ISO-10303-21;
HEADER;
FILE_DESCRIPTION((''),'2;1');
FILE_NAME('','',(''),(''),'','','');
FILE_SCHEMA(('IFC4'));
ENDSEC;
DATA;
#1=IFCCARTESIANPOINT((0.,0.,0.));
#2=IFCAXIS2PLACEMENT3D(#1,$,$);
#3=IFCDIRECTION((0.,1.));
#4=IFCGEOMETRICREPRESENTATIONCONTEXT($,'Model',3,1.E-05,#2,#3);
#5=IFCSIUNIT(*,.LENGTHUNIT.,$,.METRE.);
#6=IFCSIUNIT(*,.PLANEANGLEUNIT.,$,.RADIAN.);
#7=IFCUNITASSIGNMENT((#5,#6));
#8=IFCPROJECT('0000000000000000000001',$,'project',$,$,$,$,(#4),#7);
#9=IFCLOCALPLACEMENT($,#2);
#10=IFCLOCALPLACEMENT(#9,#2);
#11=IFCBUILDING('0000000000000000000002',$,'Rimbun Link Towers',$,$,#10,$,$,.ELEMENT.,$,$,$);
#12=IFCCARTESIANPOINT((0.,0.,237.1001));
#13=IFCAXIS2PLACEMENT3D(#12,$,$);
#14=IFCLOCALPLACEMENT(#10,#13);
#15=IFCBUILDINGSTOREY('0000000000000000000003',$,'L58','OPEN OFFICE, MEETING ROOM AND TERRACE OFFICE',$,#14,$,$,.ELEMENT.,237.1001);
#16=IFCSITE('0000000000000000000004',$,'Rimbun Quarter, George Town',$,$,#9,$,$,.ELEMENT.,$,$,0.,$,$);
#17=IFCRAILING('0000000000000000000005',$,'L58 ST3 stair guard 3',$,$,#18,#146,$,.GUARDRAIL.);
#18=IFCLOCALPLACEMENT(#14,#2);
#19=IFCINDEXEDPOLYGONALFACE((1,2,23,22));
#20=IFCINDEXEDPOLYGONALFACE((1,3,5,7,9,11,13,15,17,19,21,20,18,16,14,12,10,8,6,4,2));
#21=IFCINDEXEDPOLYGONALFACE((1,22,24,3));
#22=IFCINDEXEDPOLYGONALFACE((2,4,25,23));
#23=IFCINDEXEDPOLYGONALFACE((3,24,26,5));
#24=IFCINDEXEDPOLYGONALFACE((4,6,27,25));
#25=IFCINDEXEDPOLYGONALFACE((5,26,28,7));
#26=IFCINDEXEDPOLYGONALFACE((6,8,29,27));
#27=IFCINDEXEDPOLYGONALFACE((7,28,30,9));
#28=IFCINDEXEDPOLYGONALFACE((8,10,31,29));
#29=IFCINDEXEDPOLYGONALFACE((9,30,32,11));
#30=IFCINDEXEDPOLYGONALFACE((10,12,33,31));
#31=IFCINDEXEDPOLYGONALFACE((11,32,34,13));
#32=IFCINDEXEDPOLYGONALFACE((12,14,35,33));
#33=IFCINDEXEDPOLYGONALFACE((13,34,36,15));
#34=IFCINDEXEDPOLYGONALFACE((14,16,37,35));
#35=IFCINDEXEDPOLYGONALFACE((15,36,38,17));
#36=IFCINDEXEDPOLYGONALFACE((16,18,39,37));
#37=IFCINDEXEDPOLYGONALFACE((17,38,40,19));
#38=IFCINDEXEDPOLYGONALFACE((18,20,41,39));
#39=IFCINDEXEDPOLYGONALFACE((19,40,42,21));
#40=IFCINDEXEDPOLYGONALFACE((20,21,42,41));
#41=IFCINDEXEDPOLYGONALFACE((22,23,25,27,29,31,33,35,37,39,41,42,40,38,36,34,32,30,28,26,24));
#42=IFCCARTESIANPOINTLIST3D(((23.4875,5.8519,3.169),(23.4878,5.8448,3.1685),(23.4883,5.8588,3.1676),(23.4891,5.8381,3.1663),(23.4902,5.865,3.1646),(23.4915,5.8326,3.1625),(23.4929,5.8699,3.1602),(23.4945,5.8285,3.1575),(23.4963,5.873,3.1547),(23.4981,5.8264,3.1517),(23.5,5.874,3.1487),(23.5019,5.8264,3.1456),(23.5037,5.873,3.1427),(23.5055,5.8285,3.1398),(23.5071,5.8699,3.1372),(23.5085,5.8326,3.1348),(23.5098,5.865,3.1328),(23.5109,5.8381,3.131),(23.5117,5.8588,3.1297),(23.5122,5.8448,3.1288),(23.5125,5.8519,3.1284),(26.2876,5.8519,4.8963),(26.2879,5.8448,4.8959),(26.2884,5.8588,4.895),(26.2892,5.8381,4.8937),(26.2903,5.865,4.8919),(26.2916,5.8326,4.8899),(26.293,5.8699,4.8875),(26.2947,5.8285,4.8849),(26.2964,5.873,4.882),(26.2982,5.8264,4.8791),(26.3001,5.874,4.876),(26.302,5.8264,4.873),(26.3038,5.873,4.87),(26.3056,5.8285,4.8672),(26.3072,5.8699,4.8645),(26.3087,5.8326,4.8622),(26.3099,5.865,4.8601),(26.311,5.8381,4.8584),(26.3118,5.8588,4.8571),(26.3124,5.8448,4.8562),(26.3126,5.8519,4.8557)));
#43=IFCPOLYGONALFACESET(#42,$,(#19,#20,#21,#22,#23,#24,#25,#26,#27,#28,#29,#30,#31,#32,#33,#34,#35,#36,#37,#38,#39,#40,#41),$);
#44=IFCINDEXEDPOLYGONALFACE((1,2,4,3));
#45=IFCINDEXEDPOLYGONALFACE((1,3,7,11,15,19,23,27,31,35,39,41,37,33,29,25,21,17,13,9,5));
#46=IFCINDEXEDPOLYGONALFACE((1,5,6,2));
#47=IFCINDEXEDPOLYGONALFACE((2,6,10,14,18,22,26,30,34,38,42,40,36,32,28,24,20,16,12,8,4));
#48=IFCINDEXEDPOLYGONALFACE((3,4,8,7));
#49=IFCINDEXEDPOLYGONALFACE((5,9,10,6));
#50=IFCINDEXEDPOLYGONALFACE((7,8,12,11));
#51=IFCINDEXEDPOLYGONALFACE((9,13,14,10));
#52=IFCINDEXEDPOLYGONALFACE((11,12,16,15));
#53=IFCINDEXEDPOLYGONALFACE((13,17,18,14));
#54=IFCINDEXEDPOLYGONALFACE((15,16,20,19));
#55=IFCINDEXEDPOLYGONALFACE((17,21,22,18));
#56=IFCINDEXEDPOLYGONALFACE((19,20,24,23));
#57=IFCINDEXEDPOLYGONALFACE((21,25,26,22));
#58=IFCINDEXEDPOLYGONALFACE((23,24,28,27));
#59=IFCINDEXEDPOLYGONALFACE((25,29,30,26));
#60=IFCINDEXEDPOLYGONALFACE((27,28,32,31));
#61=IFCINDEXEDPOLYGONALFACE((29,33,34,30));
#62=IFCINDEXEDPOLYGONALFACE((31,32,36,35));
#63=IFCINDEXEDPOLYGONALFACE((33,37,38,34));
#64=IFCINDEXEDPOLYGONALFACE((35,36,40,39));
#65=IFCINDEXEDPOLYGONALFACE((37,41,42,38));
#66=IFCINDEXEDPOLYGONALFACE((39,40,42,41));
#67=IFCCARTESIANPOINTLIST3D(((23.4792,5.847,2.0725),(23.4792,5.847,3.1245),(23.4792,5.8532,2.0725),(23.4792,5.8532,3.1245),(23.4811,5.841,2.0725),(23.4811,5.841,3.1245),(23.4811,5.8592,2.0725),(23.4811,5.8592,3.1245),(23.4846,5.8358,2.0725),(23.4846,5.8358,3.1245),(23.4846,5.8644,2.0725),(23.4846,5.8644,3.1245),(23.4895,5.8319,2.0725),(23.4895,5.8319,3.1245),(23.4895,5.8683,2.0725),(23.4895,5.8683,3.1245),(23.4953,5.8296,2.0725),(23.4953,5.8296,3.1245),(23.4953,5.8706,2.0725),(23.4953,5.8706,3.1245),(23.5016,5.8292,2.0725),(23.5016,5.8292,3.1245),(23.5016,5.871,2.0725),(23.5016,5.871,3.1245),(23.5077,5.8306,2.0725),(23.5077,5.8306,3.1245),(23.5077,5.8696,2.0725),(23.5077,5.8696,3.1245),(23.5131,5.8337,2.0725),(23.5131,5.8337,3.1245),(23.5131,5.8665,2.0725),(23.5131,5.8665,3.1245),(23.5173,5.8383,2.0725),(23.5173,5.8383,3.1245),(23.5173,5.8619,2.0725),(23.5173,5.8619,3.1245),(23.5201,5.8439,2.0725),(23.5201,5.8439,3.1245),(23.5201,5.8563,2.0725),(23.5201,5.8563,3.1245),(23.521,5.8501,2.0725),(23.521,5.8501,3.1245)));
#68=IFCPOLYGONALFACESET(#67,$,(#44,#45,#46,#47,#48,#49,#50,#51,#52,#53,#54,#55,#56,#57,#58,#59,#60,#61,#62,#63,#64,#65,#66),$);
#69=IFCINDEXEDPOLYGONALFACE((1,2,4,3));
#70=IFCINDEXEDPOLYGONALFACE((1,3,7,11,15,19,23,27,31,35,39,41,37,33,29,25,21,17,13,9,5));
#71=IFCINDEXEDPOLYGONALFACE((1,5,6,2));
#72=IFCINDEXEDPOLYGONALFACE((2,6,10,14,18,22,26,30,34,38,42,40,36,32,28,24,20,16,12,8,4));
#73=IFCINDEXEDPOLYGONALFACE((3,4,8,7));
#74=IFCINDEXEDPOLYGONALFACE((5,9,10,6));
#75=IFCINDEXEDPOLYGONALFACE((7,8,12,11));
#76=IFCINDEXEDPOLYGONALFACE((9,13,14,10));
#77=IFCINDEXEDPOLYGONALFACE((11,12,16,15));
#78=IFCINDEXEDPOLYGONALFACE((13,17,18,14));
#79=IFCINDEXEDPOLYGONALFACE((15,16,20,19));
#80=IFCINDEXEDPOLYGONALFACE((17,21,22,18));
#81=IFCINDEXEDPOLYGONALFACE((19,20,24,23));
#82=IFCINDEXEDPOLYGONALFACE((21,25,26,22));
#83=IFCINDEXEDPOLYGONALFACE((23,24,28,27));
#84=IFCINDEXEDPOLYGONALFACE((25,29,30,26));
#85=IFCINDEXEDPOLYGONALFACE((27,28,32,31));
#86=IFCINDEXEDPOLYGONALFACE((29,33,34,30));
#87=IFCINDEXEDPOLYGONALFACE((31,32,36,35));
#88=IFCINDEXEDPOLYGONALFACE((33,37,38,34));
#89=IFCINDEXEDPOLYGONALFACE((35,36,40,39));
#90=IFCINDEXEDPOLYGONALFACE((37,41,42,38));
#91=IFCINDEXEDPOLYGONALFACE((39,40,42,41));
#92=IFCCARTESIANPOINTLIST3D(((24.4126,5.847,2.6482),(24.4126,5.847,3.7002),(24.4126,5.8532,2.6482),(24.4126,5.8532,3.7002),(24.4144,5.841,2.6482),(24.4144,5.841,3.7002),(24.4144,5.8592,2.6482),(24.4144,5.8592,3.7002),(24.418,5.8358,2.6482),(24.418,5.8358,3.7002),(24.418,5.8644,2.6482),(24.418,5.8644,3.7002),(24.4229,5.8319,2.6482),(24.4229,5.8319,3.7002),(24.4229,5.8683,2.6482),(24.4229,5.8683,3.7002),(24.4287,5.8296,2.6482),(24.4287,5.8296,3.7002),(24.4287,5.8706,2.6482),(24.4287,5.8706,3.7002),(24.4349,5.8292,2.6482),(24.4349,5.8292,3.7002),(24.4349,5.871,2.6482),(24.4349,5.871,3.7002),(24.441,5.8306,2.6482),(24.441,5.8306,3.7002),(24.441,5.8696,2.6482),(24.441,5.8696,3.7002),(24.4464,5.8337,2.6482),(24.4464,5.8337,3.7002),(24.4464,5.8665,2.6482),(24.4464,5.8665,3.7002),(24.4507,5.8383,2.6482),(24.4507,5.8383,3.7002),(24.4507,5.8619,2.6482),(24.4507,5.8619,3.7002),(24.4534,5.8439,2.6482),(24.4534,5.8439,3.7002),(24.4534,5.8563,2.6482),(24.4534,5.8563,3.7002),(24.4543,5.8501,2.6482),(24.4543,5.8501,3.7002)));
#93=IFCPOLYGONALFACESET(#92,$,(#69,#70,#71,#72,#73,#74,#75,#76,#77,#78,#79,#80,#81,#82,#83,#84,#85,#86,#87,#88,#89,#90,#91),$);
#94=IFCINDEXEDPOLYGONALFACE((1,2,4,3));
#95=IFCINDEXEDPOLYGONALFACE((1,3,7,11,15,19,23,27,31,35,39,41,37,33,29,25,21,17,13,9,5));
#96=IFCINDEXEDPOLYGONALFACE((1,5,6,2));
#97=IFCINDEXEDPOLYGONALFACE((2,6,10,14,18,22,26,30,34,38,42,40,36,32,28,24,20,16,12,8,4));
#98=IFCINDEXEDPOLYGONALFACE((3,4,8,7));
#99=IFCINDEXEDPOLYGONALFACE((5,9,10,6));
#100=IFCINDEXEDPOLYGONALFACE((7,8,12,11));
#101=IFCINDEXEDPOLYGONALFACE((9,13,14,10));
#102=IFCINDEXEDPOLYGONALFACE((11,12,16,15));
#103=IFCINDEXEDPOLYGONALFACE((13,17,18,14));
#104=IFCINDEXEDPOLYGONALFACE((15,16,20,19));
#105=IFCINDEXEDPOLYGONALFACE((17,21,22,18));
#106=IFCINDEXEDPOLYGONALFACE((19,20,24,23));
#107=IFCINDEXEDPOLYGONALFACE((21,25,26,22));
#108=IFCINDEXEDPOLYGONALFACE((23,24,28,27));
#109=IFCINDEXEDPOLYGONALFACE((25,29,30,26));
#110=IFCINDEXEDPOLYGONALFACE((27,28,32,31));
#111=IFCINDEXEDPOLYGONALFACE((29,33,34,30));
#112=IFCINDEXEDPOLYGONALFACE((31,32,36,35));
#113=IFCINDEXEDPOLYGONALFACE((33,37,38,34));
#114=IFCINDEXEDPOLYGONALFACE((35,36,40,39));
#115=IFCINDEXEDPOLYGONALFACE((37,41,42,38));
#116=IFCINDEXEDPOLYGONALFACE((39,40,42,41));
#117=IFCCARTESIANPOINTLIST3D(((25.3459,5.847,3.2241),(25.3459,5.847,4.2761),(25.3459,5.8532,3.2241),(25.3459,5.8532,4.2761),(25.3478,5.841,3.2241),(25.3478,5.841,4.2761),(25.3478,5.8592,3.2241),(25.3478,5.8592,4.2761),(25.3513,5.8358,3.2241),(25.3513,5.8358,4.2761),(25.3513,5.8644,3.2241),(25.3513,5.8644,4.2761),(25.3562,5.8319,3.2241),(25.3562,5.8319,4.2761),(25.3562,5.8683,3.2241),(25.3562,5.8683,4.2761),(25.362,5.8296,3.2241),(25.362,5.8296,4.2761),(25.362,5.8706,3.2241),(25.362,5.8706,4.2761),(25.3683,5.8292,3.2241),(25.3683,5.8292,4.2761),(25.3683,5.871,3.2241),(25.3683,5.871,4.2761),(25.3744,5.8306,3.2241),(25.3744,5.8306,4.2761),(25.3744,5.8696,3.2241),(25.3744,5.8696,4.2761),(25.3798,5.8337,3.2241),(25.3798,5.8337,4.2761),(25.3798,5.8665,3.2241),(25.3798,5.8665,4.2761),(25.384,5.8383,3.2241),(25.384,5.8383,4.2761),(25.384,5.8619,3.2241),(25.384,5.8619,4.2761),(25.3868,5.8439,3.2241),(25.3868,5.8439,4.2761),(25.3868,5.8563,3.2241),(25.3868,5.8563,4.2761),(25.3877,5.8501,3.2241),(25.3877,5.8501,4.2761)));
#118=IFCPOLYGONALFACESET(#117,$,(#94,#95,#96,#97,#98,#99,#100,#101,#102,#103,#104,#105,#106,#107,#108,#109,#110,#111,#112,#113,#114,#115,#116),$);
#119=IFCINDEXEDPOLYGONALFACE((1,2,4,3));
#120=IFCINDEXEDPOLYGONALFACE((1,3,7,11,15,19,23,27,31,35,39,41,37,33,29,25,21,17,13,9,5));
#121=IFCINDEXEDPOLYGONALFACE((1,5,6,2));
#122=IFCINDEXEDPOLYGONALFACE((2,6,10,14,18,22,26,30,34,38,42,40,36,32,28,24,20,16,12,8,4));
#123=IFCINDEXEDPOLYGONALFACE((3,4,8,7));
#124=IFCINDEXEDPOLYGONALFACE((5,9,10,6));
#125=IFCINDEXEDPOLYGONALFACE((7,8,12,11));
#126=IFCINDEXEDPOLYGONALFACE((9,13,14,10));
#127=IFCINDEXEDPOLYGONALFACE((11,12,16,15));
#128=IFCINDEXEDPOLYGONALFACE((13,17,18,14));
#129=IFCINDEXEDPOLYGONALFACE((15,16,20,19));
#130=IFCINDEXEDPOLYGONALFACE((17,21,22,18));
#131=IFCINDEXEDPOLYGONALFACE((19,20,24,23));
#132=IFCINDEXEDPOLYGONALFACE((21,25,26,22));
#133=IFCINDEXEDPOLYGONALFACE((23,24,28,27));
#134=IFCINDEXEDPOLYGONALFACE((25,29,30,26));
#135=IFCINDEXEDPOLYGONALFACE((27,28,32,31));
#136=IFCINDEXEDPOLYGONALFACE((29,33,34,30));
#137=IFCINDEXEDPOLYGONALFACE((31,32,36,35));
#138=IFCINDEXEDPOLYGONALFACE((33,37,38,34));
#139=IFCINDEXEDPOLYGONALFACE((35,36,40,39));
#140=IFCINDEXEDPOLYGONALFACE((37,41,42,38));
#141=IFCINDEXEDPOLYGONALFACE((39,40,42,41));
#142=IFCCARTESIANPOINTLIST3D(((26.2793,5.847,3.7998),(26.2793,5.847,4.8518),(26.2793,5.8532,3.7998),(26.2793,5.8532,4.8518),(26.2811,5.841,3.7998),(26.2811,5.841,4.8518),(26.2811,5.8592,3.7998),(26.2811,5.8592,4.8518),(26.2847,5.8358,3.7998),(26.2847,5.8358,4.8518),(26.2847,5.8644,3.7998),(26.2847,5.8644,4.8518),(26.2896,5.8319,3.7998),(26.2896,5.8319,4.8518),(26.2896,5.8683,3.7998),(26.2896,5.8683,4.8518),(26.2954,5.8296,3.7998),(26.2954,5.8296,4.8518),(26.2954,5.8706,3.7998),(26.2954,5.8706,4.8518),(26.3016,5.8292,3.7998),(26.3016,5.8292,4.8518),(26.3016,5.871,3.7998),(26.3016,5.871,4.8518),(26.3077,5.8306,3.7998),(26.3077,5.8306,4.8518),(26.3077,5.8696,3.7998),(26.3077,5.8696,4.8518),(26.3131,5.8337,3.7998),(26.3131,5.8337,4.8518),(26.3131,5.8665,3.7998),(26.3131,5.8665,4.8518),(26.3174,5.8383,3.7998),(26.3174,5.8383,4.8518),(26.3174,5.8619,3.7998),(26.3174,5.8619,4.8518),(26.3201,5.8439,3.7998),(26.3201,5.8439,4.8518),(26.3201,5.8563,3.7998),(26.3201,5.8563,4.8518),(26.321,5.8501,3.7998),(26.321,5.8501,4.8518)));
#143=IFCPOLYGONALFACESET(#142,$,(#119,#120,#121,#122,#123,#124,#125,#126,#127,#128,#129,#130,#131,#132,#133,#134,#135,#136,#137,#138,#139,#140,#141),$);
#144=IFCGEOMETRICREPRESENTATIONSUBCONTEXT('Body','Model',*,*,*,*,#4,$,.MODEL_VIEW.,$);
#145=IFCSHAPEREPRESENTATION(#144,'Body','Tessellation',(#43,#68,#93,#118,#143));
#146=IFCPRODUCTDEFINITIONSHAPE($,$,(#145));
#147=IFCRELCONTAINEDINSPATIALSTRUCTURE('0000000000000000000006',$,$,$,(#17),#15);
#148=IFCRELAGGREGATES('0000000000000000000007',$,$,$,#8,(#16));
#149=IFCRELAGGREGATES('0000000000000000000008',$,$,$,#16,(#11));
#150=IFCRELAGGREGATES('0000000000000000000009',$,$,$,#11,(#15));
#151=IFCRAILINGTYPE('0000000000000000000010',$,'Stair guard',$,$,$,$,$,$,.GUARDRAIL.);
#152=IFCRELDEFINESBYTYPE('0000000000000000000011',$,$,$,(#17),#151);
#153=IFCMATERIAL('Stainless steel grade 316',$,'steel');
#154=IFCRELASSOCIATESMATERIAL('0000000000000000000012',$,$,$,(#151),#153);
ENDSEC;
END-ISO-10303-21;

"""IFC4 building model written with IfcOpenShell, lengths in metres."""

from ifc_helpers import new_model, si_unit, direction, frame, origin, origin_2d, place, context, subcontext, project, spatial, circle, extrude, material, type_object, element, save


model = new_model("IFC4")

# Units and contexts
model_context = context("Model", 3, precision=1e-05, world=origin(), true_north=direction((0.0, 1.0)))
body_context = subcontext(model_context, "Body", "Model", "MODEL_VIEW")
ifc_project = project(units=[si_unit("LENGTHUNIT", "METRE"), si_unit("PLANEANGLEUNIT", "RADIAN")], contexts=[model_context])

# Site, building, storey
site_placement = place(None, origin())
site = spatial("IfcSite", under=ifc_project, at=site_placement, Name="Rimbun Quarter, George Town", CompositionType="ELEMENT", RefElevation=0.0)
building_placement = place(site_placement, origin())
building = spatial("IfcBuilding", under=site, at=building_placement, Name="Rimbun Link Towers", CompositionType="ELEMENT")
storey_placement = place(building_placement, frame((0.0, 0.0, 237.1001)))
storey = spatial("IfcBuildingStorey", under=building, at=storey_placement, Name="L58", Description="OPEN OFFICE, MEETING ROOM AND TERRACE OFFICE", CompositionType="ELEMENT", Elevation=237.1001)

# Railing
ifc_material_1 = material(Name="Stainless steel grade 316", Category="steel")
railing_type_1 = type_object("IfcRailingType", Name="Stair guard", PredefinedType="GUARDRAIL", material=ifc_material_1)
railing_1_placement = place(storey_placement, frame((23.5, 5.8501, 2.0725)))
element("IfcRailing", 1, at=railing_1_placement, inside=storey, type_object=railing_type_1, Name="L58 ST3 stair guard 3", PredefinedType="GUARDRAIL", context=body_context, shape_type="SweptSolid", body=[
    extrude(circle(Radius=0.0239, at=origin_2d()), frame((0.0, 0.0, 1.0762), z_axis=(0.85109, 0.0, 0.52502), x_axis=(0.0, 1.0, 0.0)), (0.0, 0.0, 1.0), 3.29),
    extrude(circle(Radius=0.021, at=origin_2d()), origin(), (0.0, 0.0, 1.0), 1.052),
    extrude(circle(Radius=0.021, at=origin_2d()), frame((0.9333, 0.0, 0.5757)), (0.0, 0.0, 1.0), 1.052),
    extrude(circle(Radius=0.021, at=origin_2d()), frame((1.8667, 0.0, 1.1516)), (0.0, 0.0, 1.0), 1.052),
    extrude(circle(Radius=0.021, at=origin_2d()), frame((2.8, 0.0, 1.7273)), (0.0, 0.0, 1.0), 1.052),
])

save(model, "model.ifc")
